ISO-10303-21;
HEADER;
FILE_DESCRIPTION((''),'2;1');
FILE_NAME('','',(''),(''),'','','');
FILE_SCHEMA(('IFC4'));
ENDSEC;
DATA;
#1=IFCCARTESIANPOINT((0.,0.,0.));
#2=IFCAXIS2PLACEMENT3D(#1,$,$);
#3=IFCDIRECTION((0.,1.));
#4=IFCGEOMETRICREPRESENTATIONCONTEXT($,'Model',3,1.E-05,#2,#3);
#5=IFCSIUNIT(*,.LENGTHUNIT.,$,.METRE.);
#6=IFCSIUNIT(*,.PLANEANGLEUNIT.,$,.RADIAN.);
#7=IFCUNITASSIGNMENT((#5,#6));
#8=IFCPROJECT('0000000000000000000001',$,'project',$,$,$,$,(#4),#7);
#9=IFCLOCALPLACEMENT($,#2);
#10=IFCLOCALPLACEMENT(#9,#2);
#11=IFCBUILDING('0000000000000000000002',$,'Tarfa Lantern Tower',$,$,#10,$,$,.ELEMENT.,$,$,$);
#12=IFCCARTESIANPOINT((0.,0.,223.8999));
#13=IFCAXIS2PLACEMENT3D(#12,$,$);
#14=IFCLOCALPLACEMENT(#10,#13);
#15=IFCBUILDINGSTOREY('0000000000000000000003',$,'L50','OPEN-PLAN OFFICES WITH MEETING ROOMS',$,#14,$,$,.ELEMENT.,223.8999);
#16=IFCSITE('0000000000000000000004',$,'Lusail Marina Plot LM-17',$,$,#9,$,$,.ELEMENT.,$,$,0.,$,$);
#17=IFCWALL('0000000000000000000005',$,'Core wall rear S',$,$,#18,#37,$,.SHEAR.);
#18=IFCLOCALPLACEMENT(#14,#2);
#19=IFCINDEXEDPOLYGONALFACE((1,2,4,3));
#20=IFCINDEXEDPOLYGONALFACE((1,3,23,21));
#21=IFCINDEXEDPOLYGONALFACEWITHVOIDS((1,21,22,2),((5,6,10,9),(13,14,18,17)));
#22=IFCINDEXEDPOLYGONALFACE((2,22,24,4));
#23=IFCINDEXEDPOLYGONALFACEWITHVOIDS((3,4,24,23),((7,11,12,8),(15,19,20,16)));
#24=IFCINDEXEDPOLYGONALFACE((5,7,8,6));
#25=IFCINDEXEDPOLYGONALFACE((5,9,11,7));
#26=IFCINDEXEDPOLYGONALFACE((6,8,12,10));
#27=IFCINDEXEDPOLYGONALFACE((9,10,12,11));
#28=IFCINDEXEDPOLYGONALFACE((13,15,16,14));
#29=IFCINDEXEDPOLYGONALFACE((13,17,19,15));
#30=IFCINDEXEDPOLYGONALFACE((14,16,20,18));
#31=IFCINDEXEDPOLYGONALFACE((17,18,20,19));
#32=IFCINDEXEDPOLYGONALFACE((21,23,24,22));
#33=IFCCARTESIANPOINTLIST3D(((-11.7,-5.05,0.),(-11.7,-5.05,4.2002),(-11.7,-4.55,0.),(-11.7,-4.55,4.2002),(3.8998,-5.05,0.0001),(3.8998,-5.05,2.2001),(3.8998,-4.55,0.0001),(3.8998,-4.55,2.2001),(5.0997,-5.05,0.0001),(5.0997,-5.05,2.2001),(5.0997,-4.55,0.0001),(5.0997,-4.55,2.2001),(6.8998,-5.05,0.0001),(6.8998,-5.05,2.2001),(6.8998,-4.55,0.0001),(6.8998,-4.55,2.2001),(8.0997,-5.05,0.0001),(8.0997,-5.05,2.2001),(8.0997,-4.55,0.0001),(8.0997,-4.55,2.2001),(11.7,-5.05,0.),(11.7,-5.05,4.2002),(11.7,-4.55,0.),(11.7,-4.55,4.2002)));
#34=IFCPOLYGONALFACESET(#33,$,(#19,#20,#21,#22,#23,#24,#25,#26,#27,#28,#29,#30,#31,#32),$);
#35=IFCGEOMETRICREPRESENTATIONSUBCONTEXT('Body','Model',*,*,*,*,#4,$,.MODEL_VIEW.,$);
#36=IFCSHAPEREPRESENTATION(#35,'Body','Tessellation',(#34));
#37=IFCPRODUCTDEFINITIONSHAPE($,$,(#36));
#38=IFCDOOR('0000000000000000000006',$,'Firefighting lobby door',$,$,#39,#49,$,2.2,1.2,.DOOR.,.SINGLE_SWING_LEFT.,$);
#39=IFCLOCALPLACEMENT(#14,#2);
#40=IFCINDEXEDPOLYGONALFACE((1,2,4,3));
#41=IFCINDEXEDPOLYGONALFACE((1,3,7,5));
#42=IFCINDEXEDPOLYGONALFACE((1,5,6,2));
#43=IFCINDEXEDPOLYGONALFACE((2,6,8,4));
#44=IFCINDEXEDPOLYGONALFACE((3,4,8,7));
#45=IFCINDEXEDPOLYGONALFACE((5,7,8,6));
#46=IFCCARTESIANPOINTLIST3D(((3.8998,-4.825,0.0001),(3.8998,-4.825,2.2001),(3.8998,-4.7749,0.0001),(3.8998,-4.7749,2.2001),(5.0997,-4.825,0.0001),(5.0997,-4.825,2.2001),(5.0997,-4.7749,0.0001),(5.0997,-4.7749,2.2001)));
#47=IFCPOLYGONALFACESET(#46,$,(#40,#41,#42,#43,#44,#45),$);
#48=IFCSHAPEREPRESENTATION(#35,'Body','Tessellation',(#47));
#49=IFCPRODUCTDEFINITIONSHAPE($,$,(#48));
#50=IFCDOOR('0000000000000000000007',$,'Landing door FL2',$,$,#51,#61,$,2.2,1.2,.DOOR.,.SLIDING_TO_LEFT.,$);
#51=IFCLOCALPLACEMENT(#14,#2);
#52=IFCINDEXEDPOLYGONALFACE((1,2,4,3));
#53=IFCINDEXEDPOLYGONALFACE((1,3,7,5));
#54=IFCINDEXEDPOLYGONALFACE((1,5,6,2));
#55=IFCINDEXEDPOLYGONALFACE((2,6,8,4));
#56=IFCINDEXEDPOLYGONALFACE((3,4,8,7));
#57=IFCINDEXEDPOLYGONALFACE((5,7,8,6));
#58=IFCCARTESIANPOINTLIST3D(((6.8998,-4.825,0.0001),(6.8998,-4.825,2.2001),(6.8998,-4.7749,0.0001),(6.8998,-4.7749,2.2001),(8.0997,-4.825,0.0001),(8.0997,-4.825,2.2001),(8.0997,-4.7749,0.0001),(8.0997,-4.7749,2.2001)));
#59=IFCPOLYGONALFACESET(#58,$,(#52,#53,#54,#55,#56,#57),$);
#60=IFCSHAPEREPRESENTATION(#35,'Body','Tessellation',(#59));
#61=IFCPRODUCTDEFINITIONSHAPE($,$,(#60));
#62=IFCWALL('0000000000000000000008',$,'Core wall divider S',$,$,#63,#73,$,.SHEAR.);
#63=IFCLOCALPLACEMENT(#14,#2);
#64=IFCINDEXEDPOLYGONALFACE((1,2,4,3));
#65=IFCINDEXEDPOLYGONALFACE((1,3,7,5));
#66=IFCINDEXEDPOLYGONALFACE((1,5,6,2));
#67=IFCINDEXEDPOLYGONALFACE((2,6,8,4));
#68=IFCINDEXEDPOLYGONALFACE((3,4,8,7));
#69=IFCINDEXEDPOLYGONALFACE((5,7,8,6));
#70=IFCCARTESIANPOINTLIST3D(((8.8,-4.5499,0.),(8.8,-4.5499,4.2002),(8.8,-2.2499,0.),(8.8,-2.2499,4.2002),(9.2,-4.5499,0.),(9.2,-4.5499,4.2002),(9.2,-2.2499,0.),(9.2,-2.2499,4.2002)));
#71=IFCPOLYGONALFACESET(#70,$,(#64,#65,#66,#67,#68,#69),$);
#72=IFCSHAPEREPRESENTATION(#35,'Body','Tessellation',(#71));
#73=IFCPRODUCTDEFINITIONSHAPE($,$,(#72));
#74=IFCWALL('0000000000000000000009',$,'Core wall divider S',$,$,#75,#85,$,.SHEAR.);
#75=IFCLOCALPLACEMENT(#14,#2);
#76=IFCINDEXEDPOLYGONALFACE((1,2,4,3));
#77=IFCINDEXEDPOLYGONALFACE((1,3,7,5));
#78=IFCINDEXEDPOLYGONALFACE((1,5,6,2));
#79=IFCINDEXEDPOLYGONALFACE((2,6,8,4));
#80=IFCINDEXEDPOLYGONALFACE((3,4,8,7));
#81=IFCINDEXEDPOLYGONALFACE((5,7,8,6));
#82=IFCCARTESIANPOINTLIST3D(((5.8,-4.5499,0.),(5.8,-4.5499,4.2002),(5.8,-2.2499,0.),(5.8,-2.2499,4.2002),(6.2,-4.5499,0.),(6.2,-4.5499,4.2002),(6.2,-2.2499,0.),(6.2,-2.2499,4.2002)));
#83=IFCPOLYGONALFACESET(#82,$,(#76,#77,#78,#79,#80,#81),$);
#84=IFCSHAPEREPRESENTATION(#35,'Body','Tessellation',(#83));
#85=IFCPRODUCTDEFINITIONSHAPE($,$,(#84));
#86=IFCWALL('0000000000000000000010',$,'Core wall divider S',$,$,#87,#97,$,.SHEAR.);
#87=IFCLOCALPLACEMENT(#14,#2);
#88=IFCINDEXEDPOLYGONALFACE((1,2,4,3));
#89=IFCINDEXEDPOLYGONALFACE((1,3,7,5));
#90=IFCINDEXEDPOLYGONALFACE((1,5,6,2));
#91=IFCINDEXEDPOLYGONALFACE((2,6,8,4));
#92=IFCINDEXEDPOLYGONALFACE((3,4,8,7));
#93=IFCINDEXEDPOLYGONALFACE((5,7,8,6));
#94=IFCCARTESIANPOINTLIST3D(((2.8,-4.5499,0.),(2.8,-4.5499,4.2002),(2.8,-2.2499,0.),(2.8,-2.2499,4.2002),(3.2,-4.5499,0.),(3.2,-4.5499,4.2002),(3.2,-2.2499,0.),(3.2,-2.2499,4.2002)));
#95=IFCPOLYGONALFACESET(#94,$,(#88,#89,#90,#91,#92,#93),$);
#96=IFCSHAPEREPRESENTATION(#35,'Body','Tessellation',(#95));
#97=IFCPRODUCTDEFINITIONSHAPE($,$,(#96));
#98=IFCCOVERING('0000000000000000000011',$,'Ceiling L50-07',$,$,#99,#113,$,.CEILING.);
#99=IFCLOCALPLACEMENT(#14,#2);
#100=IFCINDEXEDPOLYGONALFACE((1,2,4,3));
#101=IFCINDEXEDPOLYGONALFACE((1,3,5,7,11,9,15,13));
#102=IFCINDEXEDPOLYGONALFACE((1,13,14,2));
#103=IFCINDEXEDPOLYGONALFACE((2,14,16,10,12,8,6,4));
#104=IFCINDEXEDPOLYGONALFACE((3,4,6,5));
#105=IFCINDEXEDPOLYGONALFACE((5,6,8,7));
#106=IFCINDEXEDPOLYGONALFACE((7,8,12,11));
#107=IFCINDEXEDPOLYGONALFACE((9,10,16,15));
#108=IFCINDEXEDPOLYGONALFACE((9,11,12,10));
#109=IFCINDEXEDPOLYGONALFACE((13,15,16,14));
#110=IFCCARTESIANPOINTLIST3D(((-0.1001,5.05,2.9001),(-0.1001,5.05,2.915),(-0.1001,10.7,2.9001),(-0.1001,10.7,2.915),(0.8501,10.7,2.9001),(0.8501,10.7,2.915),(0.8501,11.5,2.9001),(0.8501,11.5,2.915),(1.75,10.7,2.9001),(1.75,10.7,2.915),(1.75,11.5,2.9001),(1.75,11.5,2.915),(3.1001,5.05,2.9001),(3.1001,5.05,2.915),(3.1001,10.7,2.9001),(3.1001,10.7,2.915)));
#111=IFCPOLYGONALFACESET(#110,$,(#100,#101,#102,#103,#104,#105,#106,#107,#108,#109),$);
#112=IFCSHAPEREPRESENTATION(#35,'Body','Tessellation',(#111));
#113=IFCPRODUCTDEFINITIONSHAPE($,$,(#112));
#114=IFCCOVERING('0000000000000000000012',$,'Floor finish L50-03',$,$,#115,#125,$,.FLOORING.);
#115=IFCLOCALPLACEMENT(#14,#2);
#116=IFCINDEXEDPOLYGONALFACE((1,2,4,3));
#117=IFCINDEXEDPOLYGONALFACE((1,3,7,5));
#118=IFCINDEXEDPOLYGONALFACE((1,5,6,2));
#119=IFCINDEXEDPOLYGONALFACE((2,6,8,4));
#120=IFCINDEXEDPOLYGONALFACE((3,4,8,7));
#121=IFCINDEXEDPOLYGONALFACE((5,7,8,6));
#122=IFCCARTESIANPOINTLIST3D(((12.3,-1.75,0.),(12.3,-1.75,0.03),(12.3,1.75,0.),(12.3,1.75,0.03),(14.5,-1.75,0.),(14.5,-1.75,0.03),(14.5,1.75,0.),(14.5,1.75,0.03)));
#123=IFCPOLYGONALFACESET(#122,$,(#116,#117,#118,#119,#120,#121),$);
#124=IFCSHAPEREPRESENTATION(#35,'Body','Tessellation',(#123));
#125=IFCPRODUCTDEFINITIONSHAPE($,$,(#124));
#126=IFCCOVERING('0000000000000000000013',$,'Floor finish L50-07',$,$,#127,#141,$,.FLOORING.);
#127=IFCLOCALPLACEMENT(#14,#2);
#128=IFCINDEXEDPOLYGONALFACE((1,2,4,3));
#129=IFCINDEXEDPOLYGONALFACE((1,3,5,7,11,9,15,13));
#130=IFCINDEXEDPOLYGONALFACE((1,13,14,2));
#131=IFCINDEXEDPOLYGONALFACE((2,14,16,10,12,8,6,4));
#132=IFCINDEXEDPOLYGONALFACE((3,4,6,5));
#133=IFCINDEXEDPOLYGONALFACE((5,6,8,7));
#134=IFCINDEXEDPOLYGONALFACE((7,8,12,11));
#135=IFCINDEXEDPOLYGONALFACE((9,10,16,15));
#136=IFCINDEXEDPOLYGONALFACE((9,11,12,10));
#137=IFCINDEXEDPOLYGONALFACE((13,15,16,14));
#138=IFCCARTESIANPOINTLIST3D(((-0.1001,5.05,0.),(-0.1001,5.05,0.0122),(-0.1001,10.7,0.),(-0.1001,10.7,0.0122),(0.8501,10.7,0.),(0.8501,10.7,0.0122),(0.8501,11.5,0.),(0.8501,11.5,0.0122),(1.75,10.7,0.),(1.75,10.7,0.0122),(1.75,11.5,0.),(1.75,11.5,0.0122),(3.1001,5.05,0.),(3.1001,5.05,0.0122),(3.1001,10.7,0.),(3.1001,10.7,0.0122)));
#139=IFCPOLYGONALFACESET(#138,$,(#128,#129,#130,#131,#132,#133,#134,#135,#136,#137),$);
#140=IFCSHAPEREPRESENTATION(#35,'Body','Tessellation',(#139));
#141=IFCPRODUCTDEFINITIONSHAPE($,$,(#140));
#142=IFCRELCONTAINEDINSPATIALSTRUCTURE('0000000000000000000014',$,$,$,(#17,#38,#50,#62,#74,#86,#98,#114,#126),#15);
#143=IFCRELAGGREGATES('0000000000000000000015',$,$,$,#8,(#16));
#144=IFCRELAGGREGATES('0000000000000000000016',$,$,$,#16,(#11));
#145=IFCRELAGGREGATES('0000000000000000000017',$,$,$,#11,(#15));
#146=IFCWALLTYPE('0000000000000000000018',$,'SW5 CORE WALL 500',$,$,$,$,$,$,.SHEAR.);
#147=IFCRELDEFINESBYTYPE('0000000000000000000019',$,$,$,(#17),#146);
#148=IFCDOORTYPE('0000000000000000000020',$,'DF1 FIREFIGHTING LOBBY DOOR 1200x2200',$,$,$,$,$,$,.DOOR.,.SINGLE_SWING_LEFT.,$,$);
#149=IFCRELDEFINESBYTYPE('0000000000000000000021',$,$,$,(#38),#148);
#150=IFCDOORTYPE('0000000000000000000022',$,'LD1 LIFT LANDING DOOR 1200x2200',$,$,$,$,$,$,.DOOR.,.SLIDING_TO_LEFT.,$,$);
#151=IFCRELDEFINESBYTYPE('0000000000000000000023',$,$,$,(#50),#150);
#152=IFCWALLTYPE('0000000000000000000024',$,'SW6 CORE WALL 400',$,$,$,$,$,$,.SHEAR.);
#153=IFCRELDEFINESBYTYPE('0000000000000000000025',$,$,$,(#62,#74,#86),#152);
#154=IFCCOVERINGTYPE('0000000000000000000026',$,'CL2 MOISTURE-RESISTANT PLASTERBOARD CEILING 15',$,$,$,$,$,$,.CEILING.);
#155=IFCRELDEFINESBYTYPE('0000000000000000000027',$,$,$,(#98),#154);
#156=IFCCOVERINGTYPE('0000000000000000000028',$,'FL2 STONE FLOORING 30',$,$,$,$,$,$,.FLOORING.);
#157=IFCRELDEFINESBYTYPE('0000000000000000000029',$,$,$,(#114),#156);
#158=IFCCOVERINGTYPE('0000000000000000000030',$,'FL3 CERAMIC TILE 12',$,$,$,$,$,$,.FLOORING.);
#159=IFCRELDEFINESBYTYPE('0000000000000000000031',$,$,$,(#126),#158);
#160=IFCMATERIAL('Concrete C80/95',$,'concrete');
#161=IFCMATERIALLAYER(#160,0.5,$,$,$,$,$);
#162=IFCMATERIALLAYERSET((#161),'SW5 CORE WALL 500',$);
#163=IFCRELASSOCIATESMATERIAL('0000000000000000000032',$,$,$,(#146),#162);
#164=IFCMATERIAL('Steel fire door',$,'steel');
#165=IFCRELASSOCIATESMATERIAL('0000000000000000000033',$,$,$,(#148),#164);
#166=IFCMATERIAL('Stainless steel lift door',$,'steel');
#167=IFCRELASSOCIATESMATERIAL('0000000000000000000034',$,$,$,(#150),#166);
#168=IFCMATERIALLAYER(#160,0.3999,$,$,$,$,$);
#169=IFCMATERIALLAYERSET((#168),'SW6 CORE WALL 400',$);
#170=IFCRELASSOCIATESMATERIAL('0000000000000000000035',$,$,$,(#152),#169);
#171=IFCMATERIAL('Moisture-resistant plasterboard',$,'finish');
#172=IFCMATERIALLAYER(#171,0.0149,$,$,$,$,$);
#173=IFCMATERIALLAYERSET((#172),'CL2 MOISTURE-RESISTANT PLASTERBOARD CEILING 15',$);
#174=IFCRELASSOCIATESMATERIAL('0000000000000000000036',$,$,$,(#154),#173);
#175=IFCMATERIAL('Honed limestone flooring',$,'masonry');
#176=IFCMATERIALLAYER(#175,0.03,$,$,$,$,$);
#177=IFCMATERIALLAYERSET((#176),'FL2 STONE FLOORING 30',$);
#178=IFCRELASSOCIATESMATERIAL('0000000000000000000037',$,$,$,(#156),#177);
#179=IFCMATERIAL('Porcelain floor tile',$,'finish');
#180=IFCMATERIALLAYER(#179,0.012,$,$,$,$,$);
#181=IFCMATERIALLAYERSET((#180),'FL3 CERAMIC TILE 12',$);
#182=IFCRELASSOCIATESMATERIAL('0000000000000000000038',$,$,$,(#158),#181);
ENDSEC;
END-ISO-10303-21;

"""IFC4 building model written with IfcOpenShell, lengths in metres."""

from ifc_helpers import new_model, si_unit, direction, frame, frame_2d, origin, place, context, subcontext, project, spatial, polyline, rectangle, outline, extrude, material, layer, layer_set, type_object, element, fill, save


model = new_model("IFC4")

# Units and contexts
model_context = context("Model", 3, precision=1e-05, world=origin(), true_north=direction((0.0, 1.0)))
body_context = subcontext(model_context, "Body", "Model", "MODEL_VIEW")
ifc_project = project(units=[si_unit("LENGTHUNIT", "METRE"), si_unit("PLANEANGLEUNIT", "RADIAN")], contexts=[model_context])

# Site, building, storey
site_placement = place(None, origin())
site = spatial("IfcSite", under=ifc_project, at=site_placement, Name="Lusail Marina Plot LM-17", CompositionType="ELEMENT", RefElevation=0.0)
building_placement = place(site_placement, origin())
building = spatial("IfcBuilding", under=site, at=building_placement, Name="Tarfa Lantern Tower", CompositionType="ELEMENT")
storey_placement = place(building_placement, frame((0.0, 0.0, 223.8999)))
storey = spatial("IfcBuildingStorey", under=building, at=storey_placement, Name="L50", Description="OPEN-PLAN OFFICES WITH MEETING ROOMS", CompositionType="ELEMENT", Elevation=223.8999)

# Shared definitions
ifc_material_1 = material(Name="Concrete C80/95", Category="concrete")
ifc_layer_1 = layer(ifc_material_1, 0.5)
ifc_layer_set_1 = layer_set([ifc_layer_1], Name="SW5 CORE WALL 500")
wall_type_1 = type_object("IfcWallType", Name="SW5 CORE WALL 500", PredefinedType="SHEAR", material=ifc_layer_set_1)

# Wall, openings, doors
ifc_material_2 = material(Name="Stainless steel lift door", Category="steel")
wall_1_placement = place(storey_placement, frame((11.7, -4.8, 0.0), z_axis=(0.0, 0.0, 1.0), x_axis=(-1.0, 0.0, 0.0)))
wall_1 = element("IfcWall", 1, at=wall_1_placement, inside=storey, type_object=wall_type_1, Name="Core wall rear S", PredefinedType="SHEAR", context=body_context, shape_type="SweptSolid", body=[
    extrude(rectangle(XDim=23.3999, YDim=0.5, at=frame_2d((11.7, 0.0))), origin(), (0.0, 0.0, 1.0), 4.2002),
])
opening_1_placement = place(wall_1_placement, frame((6.6001, 0.0, 0.0)))
opening_1 = element("IfcOpeningElement", 2, at=opening_1_placement, cuts=wall_1, PredefinedType="OPENING", context=body_context, shape_type="SweptSolid", body=[
    extrude(rectangle(XDim=1.2, YDim=2.2, at=frame_2d((0.6001, 1.1001))), frame((0.0, 0.26, 0.0), z_axis=(0.0, -1.0, 0.0), x_axis=(1.0, 0.0, 0.0)), (0.0, 0.0, 1.0), 0.52),
])
opening_2_placement = place(wall_1_placement, frame((3.6001, 0.0, 0.0)))
opening_2 = element("IfcOpeningElement", 3, at=opening_2_placement, cuts=wall_1, PredefinedType="OPENING", context=body_context, shape_type="SweptSolid", body=[
    extrude(rectangle(XDim=1.2, YDim=2.2, at=frame_2d((0.6001, 1.1001))), frame((0.0, 0.26, 0.0), z_axis=(0.0, -1.0, 0.0), x_axis=(1.0, 0.0, 0.0)), (0.0, 0.0, 1.0), 0.52),
])
ifc_material_3 = material(Name="Steel fire door", Category="steel")
door_type_1 = type_object("IfcDoorType", Name="DF1 FIREFIGHTING LOBBY DOOR 1200x2200", OperationType="SINGLE_SWING_LEFT", PredefinedType="DOOR", material=ifc_material_3)
door_1_placement = place(opening_1_placement, origin())
door_1 = element("IfcDoor", 4, at=door_1_placement, inside=storey, type_object=door_type_1, Name="Firefighting lobby door", OperationType="SINGLE_SWING_LEFT", OverallHeight=2.2, OverallWidth=1.2, PredefinedType="DOOR", context=body_context, shape_type="SweptSolid", body=[
    extrude(rectangle(XDim=1.2, YDim=2.2, at=frame_2d((0.6001, 1.1001))), frame((0.0, 0.0249, 0.0), z_axis=(0.0, -1.0, 0.0), x_axis=(1.0, 0.0, 0.0)), (0.0, 0.0, 1.0), 0.05),
])
fill(opening_1, door_1)
door_type_2 = type_object("IfcDoorType", Name="LD1 LIFT LANDING DOOR 1200x2200", OperationType="SLIDING_TO_LEFT", PredefinedType="DOOR", material=ifc_material_2)
door_2_placement = place(opening_2_placement, origin())
door_2 = element("IfcDoor", 5, at=door_2_placement, inside=storey, type_object=door_type_2, Name="Landing door FL2", OperationType="SLIDING_TO_LEFT", OverallHeight=2.2, OverallWidth=1.2, PredefinedType="DOOR", context=body_context, shape_type="SweptSolid", body=[
    extrude(rectangle(XDim=1.2, YDim=2.2, at=frame_2d((0.6001, 1.1001))), frame((0.0, 0.0249, 0.0), z_axis=(0.0, -1.0, 0.0), x_axis=(1.0, 0.0, 0.0)), (0.0, 0.0, 1.0), 0.05),
])
fill(opening_2, door_2)

# Walls
ifc_layer_2 = layer(ifc_material_1, 0.3999)
ifc_layer_set_2 = layer_set([ifc_layer_2], Name="SW6 CORE WALL 400")
wall_type_2 = type_object("IfcWallType", Name="SW6 CORE WALL 400", PredefinedType="SHEAR", material=ifc_layer_set_2)
for number, where, z_axis, x_axis, name in (
    (6, (9.0, -2.25, 0.0), (0.0, 0.0, 1.0), (0.0, -1.0, 0.0), "Core wall divider S"),
    (7, (6.0, -2.25, 0.0), (0.0, 0.0, 1.0), (0.0, -1.0, 0.0), "Core wall divider S"),
    (8, (3.0, -2.25, 0.0), (0.0, 0.0, 1.0), (0.0, -1.0, 0.0), "Core wall divider S"),
):
    element("IfcWall", number, at=place(storey_placement, frame(where, z_axis=z_axis, x_axis=x_axis)), inside=storey, type_object=wall_type_2, Name=name, PredefinedType="SHEAR", context=body_context, shape_type="SweptSolid", body=[
        extrude(rectangle(XDim=2.3, YDim=0.3999, at=frame_2d((1.1499, 0.0))), origin(), (0.0, 0.0, 1.0), 4.2002),
    ])

# Coverings
ifc_material_4 = material(Name="Moisture-resistant plasterboard", Category="finish")
ifc_layer_3 = layer(ifc_material_4, 0.0149)
ifc_layer_set_3 = layer_set([ifc_layer_3], Name="CL2 MOISTURE-RESISTANT PLASTERBOARD CEILING 15")
covering_type_1 = type_object("IfcCoveringType", Name="CL2 MOISTURE-RESISTANT PLASTERBOARD CEILING 15", PredefinedType="CEILING", material=ifc_layer_set_3)
covering_1_placement = place(storey_placement, frame((0.0, 0.0, 2.9001)))
element("IfcCovering", 9, at=covering_1_placement, inside=storey, type_object=covering_type_1, Name="Ceiling L50-07", PredefinedType="CEILING", context=body_context, shape_type="SweptSolid", body=[
    extrude(outline(polyline([(0.8501, 10.7), (-0.1001, 10.7), (-0.1001, 5.05), (3.1001, 5.05), (3.1001, 10.7), (1.75, 10.7), (1.75, 11.5), (0.8501, 11.5), (0.8501, 10.7)])), origin(), (0.0, 0.0, 1.0), 0.0149),
])
ifc_material_5 = material(Name="Honed limestone flooring", Category="masonry")
ifc_layer_4 = layer(ifc_material_5, 0.03)
ifc_layer_set_4 = layer_set([ifc_layer_4], Name="FL2 STONE FLOORING 30")
covering_type_2 = type_object("IfcCoveringType", Name="FL2 STONE FLOORING 30", PredefinedType="FLOORING", material=ifc_layer_set_4)
covering_2_placement = place(storey_placement, origin())
element("IfcCovering", 10, at=covering_2_placement, inside=storey, type_object=covering_type_2, Name="Floor finish L50-03", PredefinedType="FLOORING", context=body_context, shape_type="SweptSolid", body=[
    extrude(outline(polyline([(12.3, -1.75), (14.5, -1.75), (14.5, 1.75), (12.3, 1.75), (12.3, -1.75)])), origin(), (0.0, 0.0, 1.0), 0.03),
])
ifc_material_6 = material(Name="Porcelain floor tile", Category="finish")
ifc_layer_5 = layer(ifc_material_6, 0.012)
ifc_layer_set_5 = layer_set([ifc_layer_5], Name="FL3 CERAMIC TILE 12")
covering_type_3 = type_object("IfcCoveringType", Name="FL3 CERAMIC TILE 12", PredefinedType="FLOORING", material=ifc_layer_set_5)
covering_3_placement = place(storey_placement, origin())
element("IfcCovering", 11, at=covering_3_placement, inside=storey, type_object=covering_type_3, Name="Floor finish L50-07", PredefinedType="FLOORING", context=body_context, shape_type="SweptSolid", body=[
    extrude(outline(polyline([(0.8501, 10.7), (-0.1001, 10.7), (-0.1001, 5.05), (3.1001, 5.05), (3.1001, 10.7), (1.75, 10.7), (1.75, 11.5), (0.8501, 11.5), (0.8501, 10.7)])), origin(), (0.0, 0.0, 1.0), 0.0122),
])

save(model, "model.ifc")
